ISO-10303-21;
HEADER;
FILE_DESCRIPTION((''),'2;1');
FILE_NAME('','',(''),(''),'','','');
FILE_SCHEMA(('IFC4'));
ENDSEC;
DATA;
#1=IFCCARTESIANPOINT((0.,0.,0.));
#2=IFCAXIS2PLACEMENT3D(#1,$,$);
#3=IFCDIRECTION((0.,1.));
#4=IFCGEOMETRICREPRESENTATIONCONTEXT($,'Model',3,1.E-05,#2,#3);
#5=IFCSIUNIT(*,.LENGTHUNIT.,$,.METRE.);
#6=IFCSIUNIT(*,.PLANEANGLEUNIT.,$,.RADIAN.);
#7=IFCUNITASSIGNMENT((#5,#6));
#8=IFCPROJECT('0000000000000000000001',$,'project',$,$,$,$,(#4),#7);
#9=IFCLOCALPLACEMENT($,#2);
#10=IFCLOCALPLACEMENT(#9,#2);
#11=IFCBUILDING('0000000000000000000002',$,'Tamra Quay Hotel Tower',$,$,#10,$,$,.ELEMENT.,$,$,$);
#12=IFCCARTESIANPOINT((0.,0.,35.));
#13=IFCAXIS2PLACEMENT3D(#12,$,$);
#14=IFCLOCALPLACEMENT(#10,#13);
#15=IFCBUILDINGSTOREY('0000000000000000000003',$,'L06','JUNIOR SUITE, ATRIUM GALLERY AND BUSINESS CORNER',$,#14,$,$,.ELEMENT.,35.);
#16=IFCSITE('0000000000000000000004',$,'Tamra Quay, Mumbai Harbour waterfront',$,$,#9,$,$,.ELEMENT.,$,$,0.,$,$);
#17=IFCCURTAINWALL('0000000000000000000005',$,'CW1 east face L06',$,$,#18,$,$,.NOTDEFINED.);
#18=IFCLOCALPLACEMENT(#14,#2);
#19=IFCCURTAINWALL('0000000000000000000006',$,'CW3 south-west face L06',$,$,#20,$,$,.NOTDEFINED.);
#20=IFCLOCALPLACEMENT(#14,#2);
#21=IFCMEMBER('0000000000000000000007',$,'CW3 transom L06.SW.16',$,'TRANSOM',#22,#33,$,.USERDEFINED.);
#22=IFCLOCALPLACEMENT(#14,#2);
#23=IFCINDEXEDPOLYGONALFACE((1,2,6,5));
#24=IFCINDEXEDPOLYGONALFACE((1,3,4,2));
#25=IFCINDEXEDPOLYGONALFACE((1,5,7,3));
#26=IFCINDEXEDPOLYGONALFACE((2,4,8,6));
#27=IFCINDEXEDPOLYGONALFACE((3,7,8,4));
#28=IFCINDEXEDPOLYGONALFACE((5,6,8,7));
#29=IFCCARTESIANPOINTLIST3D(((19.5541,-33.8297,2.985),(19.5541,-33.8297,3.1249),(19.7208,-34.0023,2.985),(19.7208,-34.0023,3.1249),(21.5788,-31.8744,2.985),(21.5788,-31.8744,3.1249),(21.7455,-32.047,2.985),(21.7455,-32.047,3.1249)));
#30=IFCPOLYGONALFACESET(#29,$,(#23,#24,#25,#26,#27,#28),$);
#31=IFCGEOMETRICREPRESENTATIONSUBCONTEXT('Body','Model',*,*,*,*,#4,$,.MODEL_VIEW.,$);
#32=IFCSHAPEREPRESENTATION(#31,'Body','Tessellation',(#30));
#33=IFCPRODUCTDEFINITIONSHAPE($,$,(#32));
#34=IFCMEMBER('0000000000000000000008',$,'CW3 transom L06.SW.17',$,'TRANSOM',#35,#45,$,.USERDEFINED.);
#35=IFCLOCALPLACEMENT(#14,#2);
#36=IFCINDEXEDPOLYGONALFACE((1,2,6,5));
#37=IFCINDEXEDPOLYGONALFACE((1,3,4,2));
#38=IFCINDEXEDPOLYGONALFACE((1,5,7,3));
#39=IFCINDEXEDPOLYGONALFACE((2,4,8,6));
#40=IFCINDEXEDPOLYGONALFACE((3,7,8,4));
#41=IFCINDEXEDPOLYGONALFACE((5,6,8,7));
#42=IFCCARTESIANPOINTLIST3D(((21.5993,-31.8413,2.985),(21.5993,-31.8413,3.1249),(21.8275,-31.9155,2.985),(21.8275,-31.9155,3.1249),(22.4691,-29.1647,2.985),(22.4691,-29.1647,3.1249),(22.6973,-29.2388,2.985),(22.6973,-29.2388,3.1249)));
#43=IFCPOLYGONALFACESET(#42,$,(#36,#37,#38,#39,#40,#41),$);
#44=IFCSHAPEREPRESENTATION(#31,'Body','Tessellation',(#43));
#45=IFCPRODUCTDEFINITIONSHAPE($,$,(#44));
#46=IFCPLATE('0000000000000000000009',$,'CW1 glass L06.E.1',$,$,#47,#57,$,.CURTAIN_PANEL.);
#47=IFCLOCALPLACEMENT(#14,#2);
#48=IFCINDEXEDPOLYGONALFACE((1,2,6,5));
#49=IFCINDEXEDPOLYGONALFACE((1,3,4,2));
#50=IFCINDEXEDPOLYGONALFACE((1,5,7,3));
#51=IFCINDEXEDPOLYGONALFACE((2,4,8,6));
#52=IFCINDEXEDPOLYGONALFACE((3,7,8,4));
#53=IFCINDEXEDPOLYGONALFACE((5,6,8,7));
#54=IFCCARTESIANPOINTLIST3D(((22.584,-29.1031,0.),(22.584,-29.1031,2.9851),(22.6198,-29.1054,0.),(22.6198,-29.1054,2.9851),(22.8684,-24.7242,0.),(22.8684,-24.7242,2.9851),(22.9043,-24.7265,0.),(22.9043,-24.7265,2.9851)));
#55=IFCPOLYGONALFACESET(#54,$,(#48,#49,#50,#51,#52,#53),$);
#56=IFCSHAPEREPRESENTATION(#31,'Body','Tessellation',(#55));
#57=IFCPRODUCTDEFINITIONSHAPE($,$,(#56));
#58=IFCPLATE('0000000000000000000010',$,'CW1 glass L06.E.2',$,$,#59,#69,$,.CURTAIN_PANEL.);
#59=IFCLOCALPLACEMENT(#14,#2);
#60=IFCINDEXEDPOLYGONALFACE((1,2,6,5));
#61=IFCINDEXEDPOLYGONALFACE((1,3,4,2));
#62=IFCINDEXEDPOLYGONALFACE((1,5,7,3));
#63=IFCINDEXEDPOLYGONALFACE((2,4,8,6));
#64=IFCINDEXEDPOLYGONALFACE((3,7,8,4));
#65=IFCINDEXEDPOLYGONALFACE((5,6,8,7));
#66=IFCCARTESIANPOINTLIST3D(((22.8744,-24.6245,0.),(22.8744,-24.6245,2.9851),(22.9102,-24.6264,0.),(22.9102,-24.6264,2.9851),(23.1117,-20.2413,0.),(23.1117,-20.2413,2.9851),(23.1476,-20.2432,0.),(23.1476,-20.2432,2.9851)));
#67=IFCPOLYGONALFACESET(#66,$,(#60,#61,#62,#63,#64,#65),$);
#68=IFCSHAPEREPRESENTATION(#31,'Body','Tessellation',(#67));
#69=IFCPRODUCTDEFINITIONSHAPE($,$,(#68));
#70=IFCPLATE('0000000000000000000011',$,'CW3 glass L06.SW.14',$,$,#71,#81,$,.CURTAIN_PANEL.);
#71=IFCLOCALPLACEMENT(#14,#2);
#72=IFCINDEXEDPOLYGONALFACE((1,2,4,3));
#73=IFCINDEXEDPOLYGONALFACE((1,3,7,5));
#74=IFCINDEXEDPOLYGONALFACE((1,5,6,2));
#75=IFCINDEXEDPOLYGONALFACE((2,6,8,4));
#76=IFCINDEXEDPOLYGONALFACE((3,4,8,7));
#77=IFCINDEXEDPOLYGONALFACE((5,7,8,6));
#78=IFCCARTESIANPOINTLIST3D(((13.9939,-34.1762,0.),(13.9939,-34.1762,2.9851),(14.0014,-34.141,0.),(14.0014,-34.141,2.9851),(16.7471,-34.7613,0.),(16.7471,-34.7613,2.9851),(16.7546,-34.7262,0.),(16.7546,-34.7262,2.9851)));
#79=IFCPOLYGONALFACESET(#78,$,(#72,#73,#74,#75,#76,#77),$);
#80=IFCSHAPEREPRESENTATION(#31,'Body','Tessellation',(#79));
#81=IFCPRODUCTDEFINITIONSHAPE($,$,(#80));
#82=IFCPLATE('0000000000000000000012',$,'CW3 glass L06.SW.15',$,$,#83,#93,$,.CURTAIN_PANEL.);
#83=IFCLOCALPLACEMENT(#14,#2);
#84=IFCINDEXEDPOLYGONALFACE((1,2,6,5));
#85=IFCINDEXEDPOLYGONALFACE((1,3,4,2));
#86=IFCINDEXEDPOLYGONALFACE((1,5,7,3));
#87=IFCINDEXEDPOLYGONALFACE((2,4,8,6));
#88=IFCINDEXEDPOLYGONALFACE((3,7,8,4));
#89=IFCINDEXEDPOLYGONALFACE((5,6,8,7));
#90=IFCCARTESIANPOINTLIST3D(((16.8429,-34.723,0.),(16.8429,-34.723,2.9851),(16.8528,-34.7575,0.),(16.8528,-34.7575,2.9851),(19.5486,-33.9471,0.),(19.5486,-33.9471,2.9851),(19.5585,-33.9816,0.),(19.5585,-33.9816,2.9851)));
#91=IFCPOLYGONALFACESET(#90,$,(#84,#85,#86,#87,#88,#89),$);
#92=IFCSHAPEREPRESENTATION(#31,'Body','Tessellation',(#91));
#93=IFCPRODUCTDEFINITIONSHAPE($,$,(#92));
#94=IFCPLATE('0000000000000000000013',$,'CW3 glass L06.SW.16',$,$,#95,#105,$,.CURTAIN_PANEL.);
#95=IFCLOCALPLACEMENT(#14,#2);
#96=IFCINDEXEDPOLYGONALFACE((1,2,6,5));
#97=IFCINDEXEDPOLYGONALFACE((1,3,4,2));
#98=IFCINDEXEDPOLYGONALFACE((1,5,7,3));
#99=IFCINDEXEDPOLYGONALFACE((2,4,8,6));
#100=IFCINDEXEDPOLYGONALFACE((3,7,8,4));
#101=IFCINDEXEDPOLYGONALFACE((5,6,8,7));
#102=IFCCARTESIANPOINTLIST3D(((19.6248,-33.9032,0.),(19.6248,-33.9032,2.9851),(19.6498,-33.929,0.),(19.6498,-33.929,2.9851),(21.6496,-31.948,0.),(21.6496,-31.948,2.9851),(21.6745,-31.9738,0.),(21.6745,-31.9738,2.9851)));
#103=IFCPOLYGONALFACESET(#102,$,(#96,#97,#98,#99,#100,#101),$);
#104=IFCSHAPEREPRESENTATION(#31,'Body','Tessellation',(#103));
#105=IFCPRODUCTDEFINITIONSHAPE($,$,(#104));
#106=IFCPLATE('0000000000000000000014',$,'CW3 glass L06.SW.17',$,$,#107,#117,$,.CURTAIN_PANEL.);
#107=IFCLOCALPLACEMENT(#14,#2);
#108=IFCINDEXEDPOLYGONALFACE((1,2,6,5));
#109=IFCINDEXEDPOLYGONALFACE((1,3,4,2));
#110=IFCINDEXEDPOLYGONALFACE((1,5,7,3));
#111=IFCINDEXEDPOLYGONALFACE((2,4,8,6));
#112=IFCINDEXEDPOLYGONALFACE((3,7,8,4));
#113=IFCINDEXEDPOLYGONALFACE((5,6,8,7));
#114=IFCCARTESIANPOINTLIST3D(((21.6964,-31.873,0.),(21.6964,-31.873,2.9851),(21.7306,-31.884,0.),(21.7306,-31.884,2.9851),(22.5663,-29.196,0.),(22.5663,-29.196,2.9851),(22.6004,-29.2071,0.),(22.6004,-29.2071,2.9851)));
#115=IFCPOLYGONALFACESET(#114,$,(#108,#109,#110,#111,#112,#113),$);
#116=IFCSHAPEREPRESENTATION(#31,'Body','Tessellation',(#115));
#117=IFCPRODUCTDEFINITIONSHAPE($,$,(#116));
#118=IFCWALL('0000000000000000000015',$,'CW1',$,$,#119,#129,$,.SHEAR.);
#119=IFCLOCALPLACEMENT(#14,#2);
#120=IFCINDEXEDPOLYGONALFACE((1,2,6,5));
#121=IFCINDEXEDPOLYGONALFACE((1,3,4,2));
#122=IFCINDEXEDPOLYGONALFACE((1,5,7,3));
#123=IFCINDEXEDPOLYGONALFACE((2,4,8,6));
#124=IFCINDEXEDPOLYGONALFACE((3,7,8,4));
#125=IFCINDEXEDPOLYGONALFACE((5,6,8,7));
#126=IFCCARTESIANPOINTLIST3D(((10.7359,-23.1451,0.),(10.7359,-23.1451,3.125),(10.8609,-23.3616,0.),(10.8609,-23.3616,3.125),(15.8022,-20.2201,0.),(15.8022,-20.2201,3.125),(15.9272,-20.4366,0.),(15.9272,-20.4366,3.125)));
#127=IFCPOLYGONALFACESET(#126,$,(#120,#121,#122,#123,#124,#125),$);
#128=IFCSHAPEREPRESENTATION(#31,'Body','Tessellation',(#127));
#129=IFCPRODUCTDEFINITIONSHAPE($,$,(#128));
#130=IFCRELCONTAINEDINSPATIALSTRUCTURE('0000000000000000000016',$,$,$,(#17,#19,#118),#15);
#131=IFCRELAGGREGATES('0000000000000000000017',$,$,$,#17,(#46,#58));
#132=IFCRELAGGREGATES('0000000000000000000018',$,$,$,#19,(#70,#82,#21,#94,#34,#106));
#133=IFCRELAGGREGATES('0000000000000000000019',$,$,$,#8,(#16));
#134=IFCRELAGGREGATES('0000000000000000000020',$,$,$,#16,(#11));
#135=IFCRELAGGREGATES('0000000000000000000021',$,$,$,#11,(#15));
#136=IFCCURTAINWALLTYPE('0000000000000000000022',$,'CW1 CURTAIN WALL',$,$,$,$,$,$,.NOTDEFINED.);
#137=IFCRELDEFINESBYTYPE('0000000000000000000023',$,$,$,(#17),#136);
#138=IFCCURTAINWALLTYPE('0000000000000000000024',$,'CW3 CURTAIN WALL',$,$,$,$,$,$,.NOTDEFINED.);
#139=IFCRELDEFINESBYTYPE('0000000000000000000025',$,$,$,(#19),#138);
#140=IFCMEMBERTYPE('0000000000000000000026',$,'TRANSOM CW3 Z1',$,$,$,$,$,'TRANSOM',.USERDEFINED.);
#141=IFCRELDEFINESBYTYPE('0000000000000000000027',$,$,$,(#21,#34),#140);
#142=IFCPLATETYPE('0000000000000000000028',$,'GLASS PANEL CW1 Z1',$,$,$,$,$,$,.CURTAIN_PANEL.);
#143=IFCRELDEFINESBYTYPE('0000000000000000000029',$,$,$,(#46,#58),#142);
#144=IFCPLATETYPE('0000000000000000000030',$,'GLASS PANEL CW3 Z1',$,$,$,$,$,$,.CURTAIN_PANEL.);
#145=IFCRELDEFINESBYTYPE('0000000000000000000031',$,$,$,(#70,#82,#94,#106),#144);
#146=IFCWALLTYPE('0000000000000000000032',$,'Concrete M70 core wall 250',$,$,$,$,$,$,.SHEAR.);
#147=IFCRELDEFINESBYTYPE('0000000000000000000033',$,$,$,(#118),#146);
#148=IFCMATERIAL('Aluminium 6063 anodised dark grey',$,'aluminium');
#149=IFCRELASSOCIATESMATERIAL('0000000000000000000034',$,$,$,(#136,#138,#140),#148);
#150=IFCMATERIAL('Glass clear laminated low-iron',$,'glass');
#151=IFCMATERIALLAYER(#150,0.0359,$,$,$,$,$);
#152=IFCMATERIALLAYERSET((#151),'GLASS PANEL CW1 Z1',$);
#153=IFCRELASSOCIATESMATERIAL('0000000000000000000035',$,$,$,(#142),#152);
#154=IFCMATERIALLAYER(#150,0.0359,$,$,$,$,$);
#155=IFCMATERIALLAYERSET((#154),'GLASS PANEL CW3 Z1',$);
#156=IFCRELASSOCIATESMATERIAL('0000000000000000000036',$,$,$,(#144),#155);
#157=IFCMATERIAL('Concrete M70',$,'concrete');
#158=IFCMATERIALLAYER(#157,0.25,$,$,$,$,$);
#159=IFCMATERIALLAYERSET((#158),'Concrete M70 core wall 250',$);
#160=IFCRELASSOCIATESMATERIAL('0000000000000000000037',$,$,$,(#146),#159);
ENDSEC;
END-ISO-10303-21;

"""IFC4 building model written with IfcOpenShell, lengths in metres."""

from ifc_helpers import new_model, si_unit, direction, frame, frame_2d, origin, origin_2d, place, context, subcontext, project, spatial, rectangle, extrude, material, layer, layer_set, material_profile, profile_set, type_object, element, aggregate, save


model = new_model("IFC4")

# Units and contexts
model_context = context("Model", 3, precision=1e-05, world=origin(), true_north=direction((0.0, 1.0)))
body_context = subcontext(model_context, "Body", "Model", "MODEL_VIEW")
ifc_project = project(units=[si_unit("LENGTHUNIT", "METRE"), si_unit("PLANEANGLEUNIT", "RADIAN")], contexts=[model_context])

# Site, building, storey
site_placement = place(None, origin())
site = spatial("IfcSite", under=ifc_project, at=site_placement, Name="Tamra Quay, Mumbai Harbour waterfront", CompositionType="ELEMENT", RefElevation=0.0)
building_placement = place(site_placement, origin())
building = spatial("IfcBuilding", under=site, at=building_placement, Name="Tamra Quay Hotel Tower", CompositionType="ELEMENT")
storey_placement = place(building_placement, frame((0.0, 0.0, 35.0)))
storey = spatial("IfcBuildingStorey", under=building, at=storey_placement, Name="L06", Description="JUNIOR SUITE, ATRIUM GALLERY AND BUSINESS CORNER", CompositionType="ELEMENT", Elevation=35.0)

# Shared definitions
ifc_material_1 = material(Name="Concrete M70", Category="concrete")

# Curtain walls
ifc_material_2 = material(Name="Aluminium 6063 anodised dark grey", Category="aluminium")
curtain_wall_type_1 = type_object("IfcCurtainWallType", Name="CW1 CURTAIN WALL", PredefinedType="NOTDEFINED", material=ifc_material_2)
curtain_wall_1_placement = place(storey_placement, origin())
curtain_wall_1 = element("IfcCurtainWall", 1, at=curtain_wall_1_placement, inside=storey, type_object=curtain_wall_type_1, Name="CW1 east face L06", PredefinedType="NOTDEFINED")
curtain_wall_type_2 = type_object("IfcCurtainWallType", Name="CW3 CURTAIN WALL", PredefinedType="NOTDEFINED", material=ifc_material_2)
curtain_wall_2_placement = place(storey_placement, origin())
curtain_wall_2 = element("IfcCurtainWall", 2, at=curtain_wall_2_placement, inside=storey, type_object=curtain_wall_type_2, Name="CW3 south-west face L06", PredefinedType="NOTDEFINED")

# Members
ifc_material_profile_1 = material_profile(ifc_material_2, rectangle(XDim=0.24, YDim=0.1399, at=origin_2d()), Name="TRANSOM 240X140")
ifc_profile_set_1 = profile_set([ifc_material_profile_1], Name="Aluminium 6063 anodised dark grey")
member_type_1 = type_object("IfcMemberType", Name="TRANSOM CW3 Z1", ElementType="TRANSOM", PredefinedType="USERDEFINED", material=ifc_profile_set_1)
member_1_placement = place(storey_placement, frame((19.6375, -33.916, 3.0549), z_axis=(0.719316, 0.694683, 0.0), x_axis=(-0.694683, 0.719316, 0.0)))
member_1 = element("IfcMember", 3, at=member_1_placement, type_object=member_type_1, Name="CW3 transom L06.SW.16", ObjectType="TRANSOM", PredefinedType="USERDEFINED", context=body_context, shape_type="SweptSolid", body=[
    extrude(rectangle(XDim=0.24, YDim=0.1399, at=origin_2d()), origin(), (0.0, 0.0, 1.0), 2.8147),
])
member_2_placement = place(storey_placement, frame((21.7134, -31.8784, 3.0549), z_axis=(0.309063, 0.951042, 0.0), x_axis=(-0.951042, 0.309063, 0.0)))
member_2 = element("IfcMember", 4, at=member_2_placement, type_object=member_type_1, Name="CW3 transom L06.SW.17", ObjectType="TRANSOM", PredefinedType="USERDEFINED", context=body_context, shape_type="SweptSolid", body=[
    extrude(rectangle(XDim=0.24, YDim=0.1399, at=origin_2d()), origin(), (0.0, 0.0, 1.0), 2.8145),
])

# Plates
ifc_material_3 = material(Name="Glass clear laminated low-iron", Category="glass")
ifc_layer_1 = layer(ifc_material_3, 0.0359)
ifc_layer_set_1 = layer_set([ifc_layer_1], Name="GLASS PANEL CW1 Z1")
plate_type_1 = type_object("IfcPlateType", Name="GLASS PANEL CW1 Z1", PredefinedType="CURTAIN_PANEL", material=ifc_layer_set_1)
plate_1_placement = place(storey_placement, frame((22.7441, -26.9148, 0.0), z_axis=(0.0, 0.0, 1.0), x_axis=(0.064813, 0.997897, 0.0)))
plate_1 = element("IfcPlate", 5, at=plate_1_placement, type_object=plate_type_1, Name="CW1 glass L06.E.1", PredefinedType="CURTAIN_PANEL", context=body_context, shape_type="SweptSolid", body=[
    extrude(rectangle(XDim=4.3882, YDim=0.0359, at=origin_2d()), origin(), (0.0, 0.0, 1.0), 2.9851),
])
plate_2_placement = place(storey_placement, frame((23.011, -22.4338, 0.0), z_axis=(0.0, 0.0, 1.0), x_axis=(0.054062, 0.998538, 0.0)))
plate_2 = element("IfcPlate", 6, at=plate_2_placement, type_object=plate_type_1, Name="CW1 glass L06.E.2", PredefinedType="CURTAIN_PANEL", context=body_context, shape_type="SweptSolid", body=[
    extrude(rectangle(XDim=4.3896, YDim=0.0359, at=origin_2d()), origin(), (0.0, 0.0, 1.0), 2.9851),
])
aggregate(curtain_wall_1, [plate_1, plate_2])
ifc_layer_2 = layer(ifc_material_3, 0.0359)
ifc_layer_set_2 = layer_set([ifc_layer_2], Name="GLASS PANEL CW3 Z1")
plate_type_2 = type_object("IfcPlateType", Name="GLASS PANEL CW3 Z1", PredefinedType="CURTAIN_PANEL", material=ifc_layer_set_2)
plate_3_placement = place(storey_placement, frame((15.3743, -34.4512, 0.0), z_axis=(0.0, 0.0, 1.0), x_axis=(0.978153, -0.207887, 0.0)))
plate_3 = element("IfcPlate", 7, at=plate_3_placement, type_object=plate_type_2, Name="CW3 glass L06.SW.14", PredefinedType="CURTAIN_PANEL", context=body_context, shape_type="SweptSolid", body=[
    extrude(rectangle(XDim=2.8147, YDim=0.0359, at=origin_2d()), origin(), (0.0, 0.0, 1.0), 2.9851),
])
plate_4_placement = place(storey_placement, frame((18.2007, -34.3523, 0.0), z_axis=(0.0, 0.0, 1.0), x_axis=(0.961259, 0.275645, 0.0)))
plate_4 = element("IfcPlate", 8, at=plate_4_placement, type_object=plate_type_2, Name="CW3 glass L06.SW.15", PredefinedType="CURTAIN_PANEL", context=body_context, shape_type="SweptSolid", body=[
    extrude(rectangle(XDim=2.8147, YDim=0.0359, at=origin_2d()), origin(), (0.0, 0.0, 1.0), 2.9851),
])
plate_5_placement = place(storey_placement, frame((20.6497, -32.9385, 0.0), z_axis=(0.0, 0.0, 1.0), x_axis=(0.719346, 0.694652, 0.0)))
plate_5 = element("IfcPlate", 9, at=plate_5_placement, type_object=plate_type_2, Name="CW3 glass L06.SW.16", PredefinedType="CURTAIN_PANEL", context=body_context, shape_type="SweptSolid", body=[
    extrude(rectangle(XDim=2.8147, YDim=0.0359, at=origin_2d()), origin(), (0.0, 0.0, 1.0), 2.9851),
])
plate_6_placement = place(storey_placement, frame((22.1484, -30.54, 0.0), z_axis=(0.0, 0.0, 1.0), x_axis=(0.309041, 0.951049, 0.0)))
plate_6 = element("IfcPlate", 10, at=plate_6_placement, type_object=plate_type_2, Name="CW3 glass L06.SW.17", PredefinedType="CURTAIN_PANEL", context=body_context, shape_type="SweptSolid", body=[
    extrude(rectangle(XDim=2.8147, YDim=0.0359, at=origin_2d()), origin(), (0.0, 0.0, 1.0), 2.9851),
])
aggregate(curtain_wall_2, [plate_3, plate_4, member_1, plate_5, member_2, plate_6])

# Wall
ifc_layer_3 = layer(ifc_material_1, 0.25)
ifc_layer_set_3 = layer_set([ifc_layer_3], Name="Concrete M70 core wall 250")
wall_type = type_object("IfcWallType", Name="Concrete M70 core wall 250", PredefinedType="SHEAR", material=ifc_layer_set_3)
wall_placement = place(storey_placement, frame((15.8647, -20.3284, 0.0), z_axis=(0.0, 0.0, 1.0), x_axis=(-0.866029, -0.499995, 0.0)))
element("IfcWall", 11, at=wall_placement, inside=storey, type_object=wall_type, Name="CW1", PredefinedType="SHEAR", context=body_context, shape_type="SweptSolid", body=[
    extrude(rectangle(XDim=5.8501, YDim=0.25, at=frame_2d((2.925, 0.0))), origin(), (0.0, 0.0, 1.0), 3.125),
])

save(model, "model.ifc")
